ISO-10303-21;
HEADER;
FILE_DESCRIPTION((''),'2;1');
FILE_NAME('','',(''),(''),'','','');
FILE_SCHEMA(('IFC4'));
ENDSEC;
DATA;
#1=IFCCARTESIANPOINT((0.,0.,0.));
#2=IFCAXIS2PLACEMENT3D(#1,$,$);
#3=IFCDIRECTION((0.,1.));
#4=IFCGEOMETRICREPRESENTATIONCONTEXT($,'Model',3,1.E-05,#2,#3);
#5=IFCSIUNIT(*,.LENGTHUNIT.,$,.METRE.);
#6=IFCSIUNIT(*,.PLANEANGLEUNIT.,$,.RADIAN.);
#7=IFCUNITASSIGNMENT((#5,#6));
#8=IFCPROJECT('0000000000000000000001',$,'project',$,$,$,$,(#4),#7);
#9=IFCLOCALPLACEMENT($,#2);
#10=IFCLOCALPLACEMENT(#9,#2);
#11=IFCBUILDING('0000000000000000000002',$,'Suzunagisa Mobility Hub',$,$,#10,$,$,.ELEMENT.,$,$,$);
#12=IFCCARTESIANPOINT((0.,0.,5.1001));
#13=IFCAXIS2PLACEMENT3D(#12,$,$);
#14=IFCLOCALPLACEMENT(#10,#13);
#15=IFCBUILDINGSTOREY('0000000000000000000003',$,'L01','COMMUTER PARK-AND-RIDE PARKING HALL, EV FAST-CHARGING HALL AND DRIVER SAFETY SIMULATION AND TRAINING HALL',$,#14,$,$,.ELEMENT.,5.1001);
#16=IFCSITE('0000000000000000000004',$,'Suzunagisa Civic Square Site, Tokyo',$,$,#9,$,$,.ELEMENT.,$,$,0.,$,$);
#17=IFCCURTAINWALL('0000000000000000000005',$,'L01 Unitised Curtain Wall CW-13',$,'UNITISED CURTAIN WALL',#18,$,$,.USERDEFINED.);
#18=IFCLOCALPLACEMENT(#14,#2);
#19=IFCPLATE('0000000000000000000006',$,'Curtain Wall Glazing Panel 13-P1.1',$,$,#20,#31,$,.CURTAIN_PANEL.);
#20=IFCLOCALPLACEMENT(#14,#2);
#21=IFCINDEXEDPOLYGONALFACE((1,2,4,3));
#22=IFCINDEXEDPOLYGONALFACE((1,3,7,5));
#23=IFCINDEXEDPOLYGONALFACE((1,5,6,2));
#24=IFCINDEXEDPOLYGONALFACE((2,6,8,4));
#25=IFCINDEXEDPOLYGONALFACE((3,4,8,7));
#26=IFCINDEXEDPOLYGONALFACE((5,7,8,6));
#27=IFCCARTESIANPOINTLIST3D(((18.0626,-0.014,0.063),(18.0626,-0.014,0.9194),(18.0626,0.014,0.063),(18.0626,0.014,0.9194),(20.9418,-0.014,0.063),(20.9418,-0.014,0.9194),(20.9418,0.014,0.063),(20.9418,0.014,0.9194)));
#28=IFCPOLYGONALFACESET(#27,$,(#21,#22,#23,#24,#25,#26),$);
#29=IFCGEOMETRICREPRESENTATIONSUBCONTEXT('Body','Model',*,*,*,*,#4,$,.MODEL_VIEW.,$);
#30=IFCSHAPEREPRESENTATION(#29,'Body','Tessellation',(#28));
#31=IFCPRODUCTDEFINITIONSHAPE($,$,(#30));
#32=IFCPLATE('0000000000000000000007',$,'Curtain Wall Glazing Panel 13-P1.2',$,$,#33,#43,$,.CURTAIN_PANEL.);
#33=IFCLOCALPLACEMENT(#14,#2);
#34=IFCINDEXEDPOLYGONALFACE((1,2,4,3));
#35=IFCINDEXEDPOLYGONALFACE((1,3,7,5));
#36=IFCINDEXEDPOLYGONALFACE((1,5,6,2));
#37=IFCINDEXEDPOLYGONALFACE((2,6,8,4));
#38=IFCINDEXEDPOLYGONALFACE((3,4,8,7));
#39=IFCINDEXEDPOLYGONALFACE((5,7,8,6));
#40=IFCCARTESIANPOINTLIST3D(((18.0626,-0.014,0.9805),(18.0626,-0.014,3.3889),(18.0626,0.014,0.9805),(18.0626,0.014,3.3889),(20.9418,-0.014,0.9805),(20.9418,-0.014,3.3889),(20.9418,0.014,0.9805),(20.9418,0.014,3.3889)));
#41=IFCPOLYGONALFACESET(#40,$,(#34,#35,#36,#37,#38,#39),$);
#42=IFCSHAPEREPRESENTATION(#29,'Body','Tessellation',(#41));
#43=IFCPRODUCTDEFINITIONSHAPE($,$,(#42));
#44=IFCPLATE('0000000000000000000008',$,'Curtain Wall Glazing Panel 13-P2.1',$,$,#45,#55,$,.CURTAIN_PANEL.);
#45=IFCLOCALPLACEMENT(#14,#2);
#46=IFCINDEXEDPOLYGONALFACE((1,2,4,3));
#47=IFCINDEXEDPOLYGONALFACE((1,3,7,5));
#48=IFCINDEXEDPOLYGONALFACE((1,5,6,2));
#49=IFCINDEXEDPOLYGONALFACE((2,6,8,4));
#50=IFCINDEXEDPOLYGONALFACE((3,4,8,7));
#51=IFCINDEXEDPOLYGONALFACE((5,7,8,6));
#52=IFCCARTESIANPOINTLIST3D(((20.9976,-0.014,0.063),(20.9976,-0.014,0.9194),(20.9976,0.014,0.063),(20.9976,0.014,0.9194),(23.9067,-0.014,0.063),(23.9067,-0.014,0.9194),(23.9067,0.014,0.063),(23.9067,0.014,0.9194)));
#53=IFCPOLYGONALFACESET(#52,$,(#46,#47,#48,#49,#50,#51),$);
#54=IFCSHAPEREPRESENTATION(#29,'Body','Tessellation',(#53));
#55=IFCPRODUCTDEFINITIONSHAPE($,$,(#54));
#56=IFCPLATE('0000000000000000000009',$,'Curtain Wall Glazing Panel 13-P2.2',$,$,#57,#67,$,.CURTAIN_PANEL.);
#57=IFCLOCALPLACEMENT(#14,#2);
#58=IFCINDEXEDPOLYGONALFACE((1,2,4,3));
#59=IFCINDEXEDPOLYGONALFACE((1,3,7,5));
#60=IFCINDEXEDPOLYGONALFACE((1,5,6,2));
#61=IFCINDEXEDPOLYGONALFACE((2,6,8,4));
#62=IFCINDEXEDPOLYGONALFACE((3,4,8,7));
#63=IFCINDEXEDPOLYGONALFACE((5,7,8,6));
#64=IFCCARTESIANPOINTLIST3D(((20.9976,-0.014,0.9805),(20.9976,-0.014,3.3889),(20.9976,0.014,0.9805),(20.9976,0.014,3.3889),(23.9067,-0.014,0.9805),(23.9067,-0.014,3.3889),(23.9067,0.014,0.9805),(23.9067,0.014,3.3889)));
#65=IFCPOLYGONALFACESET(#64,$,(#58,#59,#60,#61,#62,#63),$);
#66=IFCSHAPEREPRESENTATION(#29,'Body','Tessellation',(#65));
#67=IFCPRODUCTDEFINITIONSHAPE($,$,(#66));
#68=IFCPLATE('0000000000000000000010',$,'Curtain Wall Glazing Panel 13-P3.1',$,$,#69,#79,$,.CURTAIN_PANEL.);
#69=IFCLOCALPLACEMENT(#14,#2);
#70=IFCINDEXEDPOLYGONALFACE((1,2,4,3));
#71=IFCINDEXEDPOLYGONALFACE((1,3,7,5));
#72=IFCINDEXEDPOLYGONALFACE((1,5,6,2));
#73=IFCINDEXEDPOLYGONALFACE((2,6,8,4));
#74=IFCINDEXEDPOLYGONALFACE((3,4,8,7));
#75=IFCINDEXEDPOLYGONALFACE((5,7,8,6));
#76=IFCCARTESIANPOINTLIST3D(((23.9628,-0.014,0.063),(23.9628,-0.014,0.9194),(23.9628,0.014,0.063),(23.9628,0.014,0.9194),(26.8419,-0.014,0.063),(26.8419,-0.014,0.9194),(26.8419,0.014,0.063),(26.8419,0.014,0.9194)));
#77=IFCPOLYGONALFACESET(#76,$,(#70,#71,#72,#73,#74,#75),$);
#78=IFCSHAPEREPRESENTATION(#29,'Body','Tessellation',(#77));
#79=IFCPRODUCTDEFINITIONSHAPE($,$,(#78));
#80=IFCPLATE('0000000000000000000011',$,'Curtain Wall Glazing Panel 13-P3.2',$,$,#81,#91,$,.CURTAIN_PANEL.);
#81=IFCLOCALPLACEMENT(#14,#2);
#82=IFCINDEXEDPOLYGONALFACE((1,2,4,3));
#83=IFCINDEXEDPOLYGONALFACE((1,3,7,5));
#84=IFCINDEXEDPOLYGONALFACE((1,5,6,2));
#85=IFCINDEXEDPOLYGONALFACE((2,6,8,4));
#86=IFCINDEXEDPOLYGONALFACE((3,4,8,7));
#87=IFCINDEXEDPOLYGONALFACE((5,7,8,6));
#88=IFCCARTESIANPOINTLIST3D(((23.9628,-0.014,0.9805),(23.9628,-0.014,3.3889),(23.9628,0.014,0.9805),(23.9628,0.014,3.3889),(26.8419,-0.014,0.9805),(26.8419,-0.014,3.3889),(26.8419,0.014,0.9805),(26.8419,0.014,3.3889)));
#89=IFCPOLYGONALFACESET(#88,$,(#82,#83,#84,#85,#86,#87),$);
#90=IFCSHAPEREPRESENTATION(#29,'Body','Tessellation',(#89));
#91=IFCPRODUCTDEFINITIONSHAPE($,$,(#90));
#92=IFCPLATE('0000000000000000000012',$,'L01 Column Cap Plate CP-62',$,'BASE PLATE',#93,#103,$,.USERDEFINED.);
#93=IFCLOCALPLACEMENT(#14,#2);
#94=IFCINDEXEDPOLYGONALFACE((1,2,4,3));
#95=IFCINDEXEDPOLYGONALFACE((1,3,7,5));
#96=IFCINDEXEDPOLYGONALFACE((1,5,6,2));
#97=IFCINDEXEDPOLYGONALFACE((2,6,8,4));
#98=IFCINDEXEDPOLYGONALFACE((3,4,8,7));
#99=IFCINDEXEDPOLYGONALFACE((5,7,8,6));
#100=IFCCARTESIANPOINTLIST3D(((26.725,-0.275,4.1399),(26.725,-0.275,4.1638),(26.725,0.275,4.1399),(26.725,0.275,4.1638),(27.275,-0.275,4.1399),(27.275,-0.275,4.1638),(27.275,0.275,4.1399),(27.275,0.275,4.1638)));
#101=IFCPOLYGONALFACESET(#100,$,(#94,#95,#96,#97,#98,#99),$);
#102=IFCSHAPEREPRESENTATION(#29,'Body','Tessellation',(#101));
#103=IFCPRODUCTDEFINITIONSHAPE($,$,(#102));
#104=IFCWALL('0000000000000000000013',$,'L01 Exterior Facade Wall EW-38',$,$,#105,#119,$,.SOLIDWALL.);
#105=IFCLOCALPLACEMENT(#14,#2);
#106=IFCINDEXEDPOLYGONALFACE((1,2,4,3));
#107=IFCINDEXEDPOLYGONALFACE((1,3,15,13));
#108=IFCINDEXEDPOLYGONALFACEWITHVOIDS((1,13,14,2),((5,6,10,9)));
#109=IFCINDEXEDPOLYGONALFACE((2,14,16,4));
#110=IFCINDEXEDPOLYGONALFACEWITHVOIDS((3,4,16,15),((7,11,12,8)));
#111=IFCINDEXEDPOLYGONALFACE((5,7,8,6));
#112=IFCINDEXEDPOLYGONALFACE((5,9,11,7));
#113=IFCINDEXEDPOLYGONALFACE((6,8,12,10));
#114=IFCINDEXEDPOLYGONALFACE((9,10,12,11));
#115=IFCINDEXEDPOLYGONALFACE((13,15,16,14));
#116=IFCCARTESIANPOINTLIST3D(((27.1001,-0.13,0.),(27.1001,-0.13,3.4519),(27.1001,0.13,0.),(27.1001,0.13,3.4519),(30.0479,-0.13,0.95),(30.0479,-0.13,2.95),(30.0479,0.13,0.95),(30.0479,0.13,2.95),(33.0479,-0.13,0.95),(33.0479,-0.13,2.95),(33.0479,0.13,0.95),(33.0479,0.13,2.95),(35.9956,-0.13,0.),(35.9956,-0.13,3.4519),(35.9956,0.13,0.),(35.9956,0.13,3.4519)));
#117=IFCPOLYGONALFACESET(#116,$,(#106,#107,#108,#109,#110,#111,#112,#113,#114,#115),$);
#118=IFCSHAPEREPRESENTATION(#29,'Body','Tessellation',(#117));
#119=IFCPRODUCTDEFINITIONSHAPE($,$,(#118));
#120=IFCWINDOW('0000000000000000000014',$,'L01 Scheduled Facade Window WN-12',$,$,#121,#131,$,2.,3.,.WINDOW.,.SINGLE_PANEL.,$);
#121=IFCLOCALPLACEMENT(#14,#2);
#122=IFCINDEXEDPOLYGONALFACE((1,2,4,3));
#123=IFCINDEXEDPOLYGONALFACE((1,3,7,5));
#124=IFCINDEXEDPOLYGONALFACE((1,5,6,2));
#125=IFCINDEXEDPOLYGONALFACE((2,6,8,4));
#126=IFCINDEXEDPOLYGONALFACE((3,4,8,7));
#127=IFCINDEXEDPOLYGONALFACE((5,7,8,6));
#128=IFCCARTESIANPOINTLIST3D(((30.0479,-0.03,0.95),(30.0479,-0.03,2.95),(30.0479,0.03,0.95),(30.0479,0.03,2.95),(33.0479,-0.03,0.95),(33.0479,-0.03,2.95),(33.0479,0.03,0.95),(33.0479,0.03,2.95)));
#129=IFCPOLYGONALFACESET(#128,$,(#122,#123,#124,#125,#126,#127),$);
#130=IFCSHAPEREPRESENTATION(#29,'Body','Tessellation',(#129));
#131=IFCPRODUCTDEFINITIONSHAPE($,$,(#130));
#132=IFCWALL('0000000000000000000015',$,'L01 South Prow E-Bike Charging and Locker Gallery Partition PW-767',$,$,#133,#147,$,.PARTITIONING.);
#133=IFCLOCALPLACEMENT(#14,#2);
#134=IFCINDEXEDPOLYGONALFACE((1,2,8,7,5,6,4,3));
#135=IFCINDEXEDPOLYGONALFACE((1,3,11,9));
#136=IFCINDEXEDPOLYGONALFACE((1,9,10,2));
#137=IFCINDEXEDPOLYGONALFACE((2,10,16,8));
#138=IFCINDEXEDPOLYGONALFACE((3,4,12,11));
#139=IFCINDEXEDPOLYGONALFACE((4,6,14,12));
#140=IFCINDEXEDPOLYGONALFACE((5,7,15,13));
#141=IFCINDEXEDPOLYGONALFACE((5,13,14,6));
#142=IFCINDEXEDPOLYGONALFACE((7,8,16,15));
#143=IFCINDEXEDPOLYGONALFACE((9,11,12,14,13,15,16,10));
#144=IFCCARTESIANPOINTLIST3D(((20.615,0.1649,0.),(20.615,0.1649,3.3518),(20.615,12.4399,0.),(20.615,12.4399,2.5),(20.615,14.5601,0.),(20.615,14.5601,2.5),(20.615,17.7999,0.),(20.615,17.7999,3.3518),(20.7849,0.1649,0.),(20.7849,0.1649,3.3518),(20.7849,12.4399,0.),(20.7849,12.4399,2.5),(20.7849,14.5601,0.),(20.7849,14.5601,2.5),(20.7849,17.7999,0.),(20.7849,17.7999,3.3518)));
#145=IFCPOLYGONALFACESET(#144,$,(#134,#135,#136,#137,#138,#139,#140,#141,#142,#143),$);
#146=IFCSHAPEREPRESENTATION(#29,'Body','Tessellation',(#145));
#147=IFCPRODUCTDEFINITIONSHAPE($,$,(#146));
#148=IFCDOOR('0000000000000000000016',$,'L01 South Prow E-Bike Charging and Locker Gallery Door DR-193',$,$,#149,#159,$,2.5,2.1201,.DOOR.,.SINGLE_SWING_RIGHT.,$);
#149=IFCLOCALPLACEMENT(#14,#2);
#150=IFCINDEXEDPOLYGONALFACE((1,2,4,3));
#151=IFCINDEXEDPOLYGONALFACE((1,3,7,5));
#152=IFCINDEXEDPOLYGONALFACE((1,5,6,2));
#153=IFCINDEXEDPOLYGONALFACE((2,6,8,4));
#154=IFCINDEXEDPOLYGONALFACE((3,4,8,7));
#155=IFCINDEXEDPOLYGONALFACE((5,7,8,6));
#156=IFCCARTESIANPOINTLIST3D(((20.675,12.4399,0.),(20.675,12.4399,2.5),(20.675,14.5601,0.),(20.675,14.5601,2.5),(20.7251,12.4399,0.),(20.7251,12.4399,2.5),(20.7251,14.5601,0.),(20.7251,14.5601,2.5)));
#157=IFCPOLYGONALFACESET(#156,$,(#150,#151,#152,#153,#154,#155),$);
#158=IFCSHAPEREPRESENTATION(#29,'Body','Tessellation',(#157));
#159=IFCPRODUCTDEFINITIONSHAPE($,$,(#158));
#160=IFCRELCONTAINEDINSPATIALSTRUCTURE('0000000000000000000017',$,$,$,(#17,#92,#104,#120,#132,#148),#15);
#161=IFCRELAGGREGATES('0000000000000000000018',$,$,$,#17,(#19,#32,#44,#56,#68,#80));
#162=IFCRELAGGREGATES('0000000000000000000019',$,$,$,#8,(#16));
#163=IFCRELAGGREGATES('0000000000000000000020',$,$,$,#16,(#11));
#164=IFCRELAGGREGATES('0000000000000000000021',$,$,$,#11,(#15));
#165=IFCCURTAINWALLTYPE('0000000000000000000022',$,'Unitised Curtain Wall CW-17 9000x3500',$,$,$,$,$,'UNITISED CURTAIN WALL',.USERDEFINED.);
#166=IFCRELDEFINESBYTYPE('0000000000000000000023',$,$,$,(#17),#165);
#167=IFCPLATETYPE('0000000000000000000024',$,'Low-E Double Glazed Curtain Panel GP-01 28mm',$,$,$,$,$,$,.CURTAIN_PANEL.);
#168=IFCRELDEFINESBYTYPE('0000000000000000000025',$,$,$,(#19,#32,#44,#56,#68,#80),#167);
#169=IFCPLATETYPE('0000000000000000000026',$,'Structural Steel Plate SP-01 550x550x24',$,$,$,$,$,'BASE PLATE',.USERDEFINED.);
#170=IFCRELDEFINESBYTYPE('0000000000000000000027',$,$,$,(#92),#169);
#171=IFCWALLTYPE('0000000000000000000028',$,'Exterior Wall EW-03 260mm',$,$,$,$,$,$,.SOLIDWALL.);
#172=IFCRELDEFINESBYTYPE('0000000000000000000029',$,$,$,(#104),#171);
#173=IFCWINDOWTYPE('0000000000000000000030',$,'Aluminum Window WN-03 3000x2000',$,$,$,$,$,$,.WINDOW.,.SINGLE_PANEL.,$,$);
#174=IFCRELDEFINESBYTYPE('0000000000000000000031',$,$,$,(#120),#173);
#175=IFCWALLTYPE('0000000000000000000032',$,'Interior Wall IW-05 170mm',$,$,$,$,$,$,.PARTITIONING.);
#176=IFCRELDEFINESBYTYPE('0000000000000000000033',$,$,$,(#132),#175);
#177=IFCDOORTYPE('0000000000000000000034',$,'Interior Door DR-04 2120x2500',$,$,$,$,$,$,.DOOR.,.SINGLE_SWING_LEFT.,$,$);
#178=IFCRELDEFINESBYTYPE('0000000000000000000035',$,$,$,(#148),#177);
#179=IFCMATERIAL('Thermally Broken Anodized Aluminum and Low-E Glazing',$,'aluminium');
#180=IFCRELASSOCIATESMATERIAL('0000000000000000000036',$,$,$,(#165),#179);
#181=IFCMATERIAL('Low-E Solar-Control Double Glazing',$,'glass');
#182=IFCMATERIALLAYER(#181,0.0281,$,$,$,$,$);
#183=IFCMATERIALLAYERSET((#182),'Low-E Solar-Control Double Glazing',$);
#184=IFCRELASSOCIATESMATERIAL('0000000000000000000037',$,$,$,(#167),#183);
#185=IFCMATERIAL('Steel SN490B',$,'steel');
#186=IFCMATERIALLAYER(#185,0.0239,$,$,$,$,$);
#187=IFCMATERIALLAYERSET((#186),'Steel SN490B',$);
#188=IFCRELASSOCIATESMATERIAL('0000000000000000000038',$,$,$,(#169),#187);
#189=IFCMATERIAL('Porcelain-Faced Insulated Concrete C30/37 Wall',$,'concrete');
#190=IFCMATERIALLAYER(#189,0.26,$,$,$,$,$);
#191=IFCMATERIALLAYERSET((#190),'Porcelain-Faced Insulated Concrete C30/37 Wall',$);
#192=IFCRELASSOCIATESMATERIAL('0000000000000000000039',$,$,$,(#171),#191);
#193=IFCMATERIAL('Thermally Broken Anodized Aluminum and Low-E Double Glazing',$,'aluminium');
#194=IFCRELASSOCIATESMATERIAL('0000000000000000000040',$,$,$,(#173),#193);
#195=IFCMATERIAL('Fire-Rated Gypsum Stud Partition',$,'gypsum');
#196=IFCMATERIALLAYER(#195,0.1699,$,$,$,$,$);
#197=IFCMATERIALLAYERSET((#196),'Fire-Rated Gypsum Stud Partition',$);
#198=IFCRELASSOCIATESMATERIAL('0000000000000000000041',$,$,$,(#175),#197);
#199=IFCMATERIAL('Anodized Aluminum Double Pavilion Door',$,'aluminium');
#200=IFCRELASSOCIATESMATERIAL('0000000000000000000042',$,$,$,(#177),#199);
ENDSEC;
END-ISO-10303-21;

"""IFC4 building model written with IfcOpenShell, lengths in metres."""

from ifc_helpers import new_model, si_unit, direction, frame, frame_2d, origin, origin_2d, place, context, subcontext, project, spatial, rectangle, extrude, material, layer, layer_set, type_object, element, fill, aggregate, save


model = new_model("IFC4")

# Units and contexts
model_context = context("Model", 3, precision=1e-05, world=origin(), true_north=direction((0.0, 1.0)))
body_context = subcontext(model_context, "Body", "Model", "MODEL_VIEW")
ifc_project = project(units=[si_unit("LENGTHUNIT", "METRE"), si_unit("PLANEANGLEUNIT", "RADIAN")], contexts=[model_context])

# Site, building, storey
site_placement = place(None, origin())
site = spatial("IfcSite", under=ifc_project, at=site_placement, Name="Suzunagisa Civic Square Site, Tokyo", CompositionType="ELEMENT", RefElevation=0.0)
building_placement = place(site_placement, origin())
building = spatial("IfcBuilding", under=site, at=building_placement, Name="Suzunagisa Mobility Hub", CompositionType="ELEMENT")
storey_placement = place(building_placement, frame((0.0, 0.0, 5.1001)))
storey = spatial("IfcBuildingStorey", under=building, at=storey_placement, Name="L01", Description="COMMUTER PARK-AND-RIDE PARKING HALL, EV FAST-CHARGING HALL AND DRIVER SAFETY SIMULATION AND TRAINING HALL", CompositionType="ELEMENT", Elevation=5.1001)

# Shared definitions
ifc_material_1 = material(Name="Steel SN490B", Category="steel")

# Curtain wall
ifc_material_2 = material(Name="Thermally Broken Anodized Aluminum and Low-E Glazing", Category="aluminium")
curtain_wall_type = type_object("IfcCurtainWallType", Name="Unitised Curtain Wall CW-17 9000x3500", ElementType="UNITISED CURTAIN WALL", PredefinedType="USERDEFINED", material=ifc_material_2)
curtain_wall_placement = place(storey_placement, origin())
curtain_wall = element("IfcCurtainWall", 1, at=curtain_wall_placement, inside=storey, type_object=curtain_wall_type, Name="L01 Unitised Curtain Wall CW-13", ObjectType="UNITISED CURTAIN WALL", PredefinedType="USERDEFINED")

# Plates
ifc_material_3 = material(Name="Low-E Solar-Control Double Glazing", Category="glass")
ifc_layer_1 = layer(ifc_material_3, 0.0281)
ifc_layer_set_1 = layer_set([ifc_layer_1], Name="Low-E Solar-Control Double Glazing")
plate_type_1 = type_object("IfcPlateType", Name="Low-E Double Glazed Curtain Panel GP-01 28mm", PredefinedType="CURTAIN_PANEL", material=ifc_layer_set_1)
plate_1_placement = place(storey_placement, frame((19.5022, 0.0, 0.063), z_axis=(0.0, 0.0, 1.0), x_axis=(1.0, 0.0, 0.0)))
plate_1 = element("IfcPlate", 2, at=plate_1_placement, type_object=plate_type_1, Name="Curtain Wall Glazing Panel 13-P1.1", PredefinedType="CURTAIN_PANEL", context=body_context, shape_type="SweptSolid", body=[
    extrude(rectangle(XDim=2.8792, YDim=0.0281, at=origin_2d()), origin(), (0.0, 0.0, 1.0), 0.8564),
])
plate_2_placement = place(storey_placement, frame((19.5022, 0.0, 0.9805), z_axis=(0.0, 0.0, 1.0), x_axis=(1.0, 0.0, 0.0)))
plate_2 = element("IfcPlate", 3, at=plate_2_placement, type_object=plate_type_1, Name="Curtain Wall Glazing Panel 13-P1.2", PredefinedType="CURTAIN_PANEL", context=body_context, shape_type="SweptSolid", body=[
    extrude(rectangle(XDim=2.8792, YDim=0.0281, at=origin_2d()), origin(), (0.0, 0.0, 1.0), 2.4084),
])
plate_3_placement = place(storey_placement, frame((22.4521, 0.0, 0.063), z_axis=(0.0, 0.0, 1.0), x_axis=(1.0, 0.0, 0.0)))
plate_3 = element("IfcPlate", 4, at=plate_3_placement, type_object=plate_type_1, Name="Curtain Wall Glazing Panel 13-P2.1", PredefinedType="CURTAIN_PANEL", context=body_context, shape_type="SweptSolid", body=[
    extrude(rectangle(XDim=2.9092, YDim=0.0281, at=origin_2d()), origin(), (0.0, 0.0, 1.0), 0.8564),
])
plate_4_placement = place(storey_placement, frame((22.4521, 0.0, 0.9805), z_axis=(0.0, 0.0, 1.0), x_axis=(1.0, 0.0, 0.0)))
plate_4 = element("IfcPlate", 5, at=plate_4_placement, type_object=plate_type_1, Name="Curtain Wall Glazing Panel 13-P2.2", PredefinedType="CURTAIN_PANEL", context=body_context, shape_type="SweptSolid", body=[
    extrude(rectangle(XDim=2.9092, YDim=0.0281, at=origin_2d()), origin(), (0.0, 0.0, 1.0), 2.4084),
])
plate_5_placement = place(storey_placement, frame((25.4023, 0.0, 0.063), z_axis=(0.0, 0.0, 1.0), x_axis=(1.0, 0.0, 0.0)))
plate_5 = element("IfcPlate", 6, at=plate_5_placement, type_object=plate_type_1, Name="Curtain Wall Glazing Panel 13-P3.1", PredefinedType="CURTAIN_PANEL", context=body_context, shape_type="SweptSolid", body=[
    extrude(rectangle(XDim=2.8792, YDim=0.0281, at=origin_2d()), origin(), (0.0, 0.0, 1.0), 0.8564),
])
plate_6_placement = place(storey_placement, frame((25.4023, 0.0, 0.9805), z_axis=(0.0, 0.0, 1.0), x_axis=(1.0, 0.0, 0.0)))
plate_6 = element("IfcPlate", 7, at=plate_6_placement, type_object=plate_type_1, Name="Curtain Wall Glazing Panel 13-P3.2", PredefinedType="CURTAIN_PANEL", context=body_context, shape_type="SweptSolid", body=[
    extrude(rectangle(XDim=2.8792, YDim=0.0281, at=origin_2d()), origin(), (0.0, 0.0, 1.0), 2.4084),
])
aggregate(curtain_wall, [plate_1, plate_2, plate_3, plate_4, plate_5, plate_6])
ifc_layer_2 = layer(ifc_material_1, 0.0239)
ifc_layer_set_2 = layer_set([ifc_layer_2], Name="Steel SN490B")
plate_type_2 = type_object("IfcPlateType", Name="Structural Steel Plate SP-01 550x550x24", ElementType="BASE PLATE", PredefinedType="USERDEFINED", material=ifc_layer_set_2)
plate_7_placement = place(storey_placement, frame((27.0, 0.0, 4.1399), z_axis=(0.0, 0.0, 1.0), x_axis=(1.0, 0.0, 0.0)))
element("IfcPlate", 8, at=plate_7_placement, inside=storey, type_object=plate_type_2, Name="L01 Column Cap Plate CP-62", ObjectType="BASE PLATE", PredefinedType="USERDEFINED", context=body_context, shape_type="SweptSolid", body=[
    extrude(rectangle(XDim=0.55, YDim=0.55, at=origin_2d()), origin(), (0.0, 0.0, 1.0), 0.0239),
])

# Wall, opening, window
ifc_material_4 = material(Name="Porcelain-Faced Insulated Concrete C30/37 Wall", Category="concrete")
ifc_layer_3 = layer(ifc_material_4, 0.26)
ifc_layer_set_3 = layer_set([ifc_layer_3], Name="Porcelain-Faced Insulated Concrete C30/37 Wall")
wall_type_1 = type_object("IfcWallType", Name="Exterior Wall EW-03 260mm", PredefinedType="SOLIDWALL", material=ifc_layer_set_3)
wall_1_placement = place(storey_placement, frame((27.1001, 0.0, 0.0), z_axis=(0.0, 0.0, 1.0), x_axis=(1.0, 0.0, 0.0)))
wall_1 = element("IfcWall", 9, at=wall_1_placement, inside=storey, type_object=wall_type_1, Name="L01 Exterior Facade Wall EW-38", PredefinedType="SOLIDWALL", context=body_context, shape_type="SweptSolid", body=[
    extrude(rectangle(XDim=8.8955, YDim=0.26, at=frame_2d((4.4478, 0.0))), origin(), (0.0, 0.0, 1.0), 3.4519),
])
opening_1_placement = place(wall_1_placement, frame((2.9478, 0.0, 0.95)))
opening_1 = element("IfcOpeningElement", 10, at=opening_1_placement, cuts=wall_1, PredefinedType="OPENING", context=body_context, shape_type="SweptSolid", body=[
    extrude(rectangle(XDim=3.0, YDim=2.0, at=frame_2d((1.5, 1.0))), frame((0.0, 0.1411, 0.0), z_axis=(0.0, -1.0, 0.0), x_axis=(1.0, 0.0, 0.0)), (0.0, 0.0, 1.0), 0.282),
])
ifc_material_5 = material(Name="Thermally Broken Anodized Aluminum and Low-E Double Glazing", Category="aluminium")
window_type = type_object("IfcWindowType", Name="Aluminum Window WN-03 3000x2000", PartitioningType="SINGLE_PANEL", PredefinedType="WINDOW", material=ifc_material_5)
window_placement = place(opening_1_placement, origin())
window = element("IfcWindow", 11, at=window_placement, inside=storey, type_object=window_type, Name="L01 Scheduled Facade Window WN-12", OverallHeight=2.0, OverallWidth=3.0, PartitioningType="SINGLE_PANEL", PredefinedType="WINDOW", context=body_context, shape_type="SweptSolid", body=[
    extrude(rectangle(XDim=3.0, YDim=2.0, at=frame_2d((1.5, 1.0))), frame((0.0, 0.03, 0.0), z_axis=(0.0, -1.0, 0.0), x_axis=(1.0, 0.0, 0.0)), (0.0, 0.0, 1.0), 0.0601),
])
fill(opening_1, window)

# Wall, opening, door
ifc_material_6 = material(Name="Fire-Rated Gypsum Stud Partition", Category="gypsum")
ifc_layer_4 = layer(ifc_material_6, 0.1699)
ifc_layer_set_4 = layer_set([ifc_layer_4], Name="Fire-Rated Gypsum Stud Partition")
wall_type_2 = type_object("IfcWallType", Name="Interior Wall IW-05 170mm", PredefinedType="PARTITIONING", material=ifc_layer_set_4)
wall_2_placement = place(storey_placement, frame((20.7, 0.165, 0.0), z_axis=(0.0, 0.0, 1.0), x_axis=(0.0, 1.0, 0.0)))
wall_2 = element("IfcWall", 12, at=wall_2_placement, inside=storey, type_object=wall_type_2, Name="L01 South Prow E-Bike Charging and Locker Gallery Partition PW-767", PredefinedType="PARTITIONING", context=body_context, shape_type="SweptSolid", body=[
    extrude(rectangle(XDim=17.635, YDim=0.1699, at=frame_2d((8.8174, 0.0))), origin(), (0.0, 0.0, 1.0), 3.3518),
])
opening_2_placement = place(wall_2_placement, frame((12.2749, 0.0, 0.0)))
opening_2 = element("IfcOpeningElement", 13, at=opening_2_placement, cuts=wall_2, PredefinedType="OPENING", context=body_context, shape_type="SweptSolid", body=[
    extrude(rectangle(XDim=2.1201, YDim=2.5, at=frame_2d((1.0601, 1.25))), frame((0.0, 0.0959, 0.0), z_axis=(0.0, -1.0, 0.0), x_axis=(1.0, 0.0, 0.0)), (0.0, 0.0, 1.0), 0.1919),
])
ifc_material_7 = material(Name="Anodized Aluminum Double Pavilion Door", Category="aluminium")
door_type = type_object("IfcDoorType", Name="Interior Door DR-04 2120x2500", OperationType="SINGLE_SWING_LEFT", PredefinedType="DOOR", material=ifc_material_7)
door_placement = place(opening_2_placement, origin())
door = element("IfcDoor", 14, at=door_placement, inside=storey, type_object=door_type, Name="L01 South Prow E-Bike Charging and Locker Gallery Door DR-193", OperationType="SINGLE_SWING_RIGHT", OverallHeight=2.5, OverallWidth=2.1201, PredefinedType="DOOR", context=body_context, shape_type="SweptSolid", body=[
    extrude(rectangle(XDim=2.1201, YDim=2.5, at=frame_2d((1.0601, 1.25))), frame((0.0, 0.0249, 0.0), z_axis=(0.0, -1.0, 0.0), x_axis=(1.0, 0.0, 0.0)), (0.0, 0.0, 1.0), 0.05),
])
fill(opening_2, door)

save(model, "model.ifc")
